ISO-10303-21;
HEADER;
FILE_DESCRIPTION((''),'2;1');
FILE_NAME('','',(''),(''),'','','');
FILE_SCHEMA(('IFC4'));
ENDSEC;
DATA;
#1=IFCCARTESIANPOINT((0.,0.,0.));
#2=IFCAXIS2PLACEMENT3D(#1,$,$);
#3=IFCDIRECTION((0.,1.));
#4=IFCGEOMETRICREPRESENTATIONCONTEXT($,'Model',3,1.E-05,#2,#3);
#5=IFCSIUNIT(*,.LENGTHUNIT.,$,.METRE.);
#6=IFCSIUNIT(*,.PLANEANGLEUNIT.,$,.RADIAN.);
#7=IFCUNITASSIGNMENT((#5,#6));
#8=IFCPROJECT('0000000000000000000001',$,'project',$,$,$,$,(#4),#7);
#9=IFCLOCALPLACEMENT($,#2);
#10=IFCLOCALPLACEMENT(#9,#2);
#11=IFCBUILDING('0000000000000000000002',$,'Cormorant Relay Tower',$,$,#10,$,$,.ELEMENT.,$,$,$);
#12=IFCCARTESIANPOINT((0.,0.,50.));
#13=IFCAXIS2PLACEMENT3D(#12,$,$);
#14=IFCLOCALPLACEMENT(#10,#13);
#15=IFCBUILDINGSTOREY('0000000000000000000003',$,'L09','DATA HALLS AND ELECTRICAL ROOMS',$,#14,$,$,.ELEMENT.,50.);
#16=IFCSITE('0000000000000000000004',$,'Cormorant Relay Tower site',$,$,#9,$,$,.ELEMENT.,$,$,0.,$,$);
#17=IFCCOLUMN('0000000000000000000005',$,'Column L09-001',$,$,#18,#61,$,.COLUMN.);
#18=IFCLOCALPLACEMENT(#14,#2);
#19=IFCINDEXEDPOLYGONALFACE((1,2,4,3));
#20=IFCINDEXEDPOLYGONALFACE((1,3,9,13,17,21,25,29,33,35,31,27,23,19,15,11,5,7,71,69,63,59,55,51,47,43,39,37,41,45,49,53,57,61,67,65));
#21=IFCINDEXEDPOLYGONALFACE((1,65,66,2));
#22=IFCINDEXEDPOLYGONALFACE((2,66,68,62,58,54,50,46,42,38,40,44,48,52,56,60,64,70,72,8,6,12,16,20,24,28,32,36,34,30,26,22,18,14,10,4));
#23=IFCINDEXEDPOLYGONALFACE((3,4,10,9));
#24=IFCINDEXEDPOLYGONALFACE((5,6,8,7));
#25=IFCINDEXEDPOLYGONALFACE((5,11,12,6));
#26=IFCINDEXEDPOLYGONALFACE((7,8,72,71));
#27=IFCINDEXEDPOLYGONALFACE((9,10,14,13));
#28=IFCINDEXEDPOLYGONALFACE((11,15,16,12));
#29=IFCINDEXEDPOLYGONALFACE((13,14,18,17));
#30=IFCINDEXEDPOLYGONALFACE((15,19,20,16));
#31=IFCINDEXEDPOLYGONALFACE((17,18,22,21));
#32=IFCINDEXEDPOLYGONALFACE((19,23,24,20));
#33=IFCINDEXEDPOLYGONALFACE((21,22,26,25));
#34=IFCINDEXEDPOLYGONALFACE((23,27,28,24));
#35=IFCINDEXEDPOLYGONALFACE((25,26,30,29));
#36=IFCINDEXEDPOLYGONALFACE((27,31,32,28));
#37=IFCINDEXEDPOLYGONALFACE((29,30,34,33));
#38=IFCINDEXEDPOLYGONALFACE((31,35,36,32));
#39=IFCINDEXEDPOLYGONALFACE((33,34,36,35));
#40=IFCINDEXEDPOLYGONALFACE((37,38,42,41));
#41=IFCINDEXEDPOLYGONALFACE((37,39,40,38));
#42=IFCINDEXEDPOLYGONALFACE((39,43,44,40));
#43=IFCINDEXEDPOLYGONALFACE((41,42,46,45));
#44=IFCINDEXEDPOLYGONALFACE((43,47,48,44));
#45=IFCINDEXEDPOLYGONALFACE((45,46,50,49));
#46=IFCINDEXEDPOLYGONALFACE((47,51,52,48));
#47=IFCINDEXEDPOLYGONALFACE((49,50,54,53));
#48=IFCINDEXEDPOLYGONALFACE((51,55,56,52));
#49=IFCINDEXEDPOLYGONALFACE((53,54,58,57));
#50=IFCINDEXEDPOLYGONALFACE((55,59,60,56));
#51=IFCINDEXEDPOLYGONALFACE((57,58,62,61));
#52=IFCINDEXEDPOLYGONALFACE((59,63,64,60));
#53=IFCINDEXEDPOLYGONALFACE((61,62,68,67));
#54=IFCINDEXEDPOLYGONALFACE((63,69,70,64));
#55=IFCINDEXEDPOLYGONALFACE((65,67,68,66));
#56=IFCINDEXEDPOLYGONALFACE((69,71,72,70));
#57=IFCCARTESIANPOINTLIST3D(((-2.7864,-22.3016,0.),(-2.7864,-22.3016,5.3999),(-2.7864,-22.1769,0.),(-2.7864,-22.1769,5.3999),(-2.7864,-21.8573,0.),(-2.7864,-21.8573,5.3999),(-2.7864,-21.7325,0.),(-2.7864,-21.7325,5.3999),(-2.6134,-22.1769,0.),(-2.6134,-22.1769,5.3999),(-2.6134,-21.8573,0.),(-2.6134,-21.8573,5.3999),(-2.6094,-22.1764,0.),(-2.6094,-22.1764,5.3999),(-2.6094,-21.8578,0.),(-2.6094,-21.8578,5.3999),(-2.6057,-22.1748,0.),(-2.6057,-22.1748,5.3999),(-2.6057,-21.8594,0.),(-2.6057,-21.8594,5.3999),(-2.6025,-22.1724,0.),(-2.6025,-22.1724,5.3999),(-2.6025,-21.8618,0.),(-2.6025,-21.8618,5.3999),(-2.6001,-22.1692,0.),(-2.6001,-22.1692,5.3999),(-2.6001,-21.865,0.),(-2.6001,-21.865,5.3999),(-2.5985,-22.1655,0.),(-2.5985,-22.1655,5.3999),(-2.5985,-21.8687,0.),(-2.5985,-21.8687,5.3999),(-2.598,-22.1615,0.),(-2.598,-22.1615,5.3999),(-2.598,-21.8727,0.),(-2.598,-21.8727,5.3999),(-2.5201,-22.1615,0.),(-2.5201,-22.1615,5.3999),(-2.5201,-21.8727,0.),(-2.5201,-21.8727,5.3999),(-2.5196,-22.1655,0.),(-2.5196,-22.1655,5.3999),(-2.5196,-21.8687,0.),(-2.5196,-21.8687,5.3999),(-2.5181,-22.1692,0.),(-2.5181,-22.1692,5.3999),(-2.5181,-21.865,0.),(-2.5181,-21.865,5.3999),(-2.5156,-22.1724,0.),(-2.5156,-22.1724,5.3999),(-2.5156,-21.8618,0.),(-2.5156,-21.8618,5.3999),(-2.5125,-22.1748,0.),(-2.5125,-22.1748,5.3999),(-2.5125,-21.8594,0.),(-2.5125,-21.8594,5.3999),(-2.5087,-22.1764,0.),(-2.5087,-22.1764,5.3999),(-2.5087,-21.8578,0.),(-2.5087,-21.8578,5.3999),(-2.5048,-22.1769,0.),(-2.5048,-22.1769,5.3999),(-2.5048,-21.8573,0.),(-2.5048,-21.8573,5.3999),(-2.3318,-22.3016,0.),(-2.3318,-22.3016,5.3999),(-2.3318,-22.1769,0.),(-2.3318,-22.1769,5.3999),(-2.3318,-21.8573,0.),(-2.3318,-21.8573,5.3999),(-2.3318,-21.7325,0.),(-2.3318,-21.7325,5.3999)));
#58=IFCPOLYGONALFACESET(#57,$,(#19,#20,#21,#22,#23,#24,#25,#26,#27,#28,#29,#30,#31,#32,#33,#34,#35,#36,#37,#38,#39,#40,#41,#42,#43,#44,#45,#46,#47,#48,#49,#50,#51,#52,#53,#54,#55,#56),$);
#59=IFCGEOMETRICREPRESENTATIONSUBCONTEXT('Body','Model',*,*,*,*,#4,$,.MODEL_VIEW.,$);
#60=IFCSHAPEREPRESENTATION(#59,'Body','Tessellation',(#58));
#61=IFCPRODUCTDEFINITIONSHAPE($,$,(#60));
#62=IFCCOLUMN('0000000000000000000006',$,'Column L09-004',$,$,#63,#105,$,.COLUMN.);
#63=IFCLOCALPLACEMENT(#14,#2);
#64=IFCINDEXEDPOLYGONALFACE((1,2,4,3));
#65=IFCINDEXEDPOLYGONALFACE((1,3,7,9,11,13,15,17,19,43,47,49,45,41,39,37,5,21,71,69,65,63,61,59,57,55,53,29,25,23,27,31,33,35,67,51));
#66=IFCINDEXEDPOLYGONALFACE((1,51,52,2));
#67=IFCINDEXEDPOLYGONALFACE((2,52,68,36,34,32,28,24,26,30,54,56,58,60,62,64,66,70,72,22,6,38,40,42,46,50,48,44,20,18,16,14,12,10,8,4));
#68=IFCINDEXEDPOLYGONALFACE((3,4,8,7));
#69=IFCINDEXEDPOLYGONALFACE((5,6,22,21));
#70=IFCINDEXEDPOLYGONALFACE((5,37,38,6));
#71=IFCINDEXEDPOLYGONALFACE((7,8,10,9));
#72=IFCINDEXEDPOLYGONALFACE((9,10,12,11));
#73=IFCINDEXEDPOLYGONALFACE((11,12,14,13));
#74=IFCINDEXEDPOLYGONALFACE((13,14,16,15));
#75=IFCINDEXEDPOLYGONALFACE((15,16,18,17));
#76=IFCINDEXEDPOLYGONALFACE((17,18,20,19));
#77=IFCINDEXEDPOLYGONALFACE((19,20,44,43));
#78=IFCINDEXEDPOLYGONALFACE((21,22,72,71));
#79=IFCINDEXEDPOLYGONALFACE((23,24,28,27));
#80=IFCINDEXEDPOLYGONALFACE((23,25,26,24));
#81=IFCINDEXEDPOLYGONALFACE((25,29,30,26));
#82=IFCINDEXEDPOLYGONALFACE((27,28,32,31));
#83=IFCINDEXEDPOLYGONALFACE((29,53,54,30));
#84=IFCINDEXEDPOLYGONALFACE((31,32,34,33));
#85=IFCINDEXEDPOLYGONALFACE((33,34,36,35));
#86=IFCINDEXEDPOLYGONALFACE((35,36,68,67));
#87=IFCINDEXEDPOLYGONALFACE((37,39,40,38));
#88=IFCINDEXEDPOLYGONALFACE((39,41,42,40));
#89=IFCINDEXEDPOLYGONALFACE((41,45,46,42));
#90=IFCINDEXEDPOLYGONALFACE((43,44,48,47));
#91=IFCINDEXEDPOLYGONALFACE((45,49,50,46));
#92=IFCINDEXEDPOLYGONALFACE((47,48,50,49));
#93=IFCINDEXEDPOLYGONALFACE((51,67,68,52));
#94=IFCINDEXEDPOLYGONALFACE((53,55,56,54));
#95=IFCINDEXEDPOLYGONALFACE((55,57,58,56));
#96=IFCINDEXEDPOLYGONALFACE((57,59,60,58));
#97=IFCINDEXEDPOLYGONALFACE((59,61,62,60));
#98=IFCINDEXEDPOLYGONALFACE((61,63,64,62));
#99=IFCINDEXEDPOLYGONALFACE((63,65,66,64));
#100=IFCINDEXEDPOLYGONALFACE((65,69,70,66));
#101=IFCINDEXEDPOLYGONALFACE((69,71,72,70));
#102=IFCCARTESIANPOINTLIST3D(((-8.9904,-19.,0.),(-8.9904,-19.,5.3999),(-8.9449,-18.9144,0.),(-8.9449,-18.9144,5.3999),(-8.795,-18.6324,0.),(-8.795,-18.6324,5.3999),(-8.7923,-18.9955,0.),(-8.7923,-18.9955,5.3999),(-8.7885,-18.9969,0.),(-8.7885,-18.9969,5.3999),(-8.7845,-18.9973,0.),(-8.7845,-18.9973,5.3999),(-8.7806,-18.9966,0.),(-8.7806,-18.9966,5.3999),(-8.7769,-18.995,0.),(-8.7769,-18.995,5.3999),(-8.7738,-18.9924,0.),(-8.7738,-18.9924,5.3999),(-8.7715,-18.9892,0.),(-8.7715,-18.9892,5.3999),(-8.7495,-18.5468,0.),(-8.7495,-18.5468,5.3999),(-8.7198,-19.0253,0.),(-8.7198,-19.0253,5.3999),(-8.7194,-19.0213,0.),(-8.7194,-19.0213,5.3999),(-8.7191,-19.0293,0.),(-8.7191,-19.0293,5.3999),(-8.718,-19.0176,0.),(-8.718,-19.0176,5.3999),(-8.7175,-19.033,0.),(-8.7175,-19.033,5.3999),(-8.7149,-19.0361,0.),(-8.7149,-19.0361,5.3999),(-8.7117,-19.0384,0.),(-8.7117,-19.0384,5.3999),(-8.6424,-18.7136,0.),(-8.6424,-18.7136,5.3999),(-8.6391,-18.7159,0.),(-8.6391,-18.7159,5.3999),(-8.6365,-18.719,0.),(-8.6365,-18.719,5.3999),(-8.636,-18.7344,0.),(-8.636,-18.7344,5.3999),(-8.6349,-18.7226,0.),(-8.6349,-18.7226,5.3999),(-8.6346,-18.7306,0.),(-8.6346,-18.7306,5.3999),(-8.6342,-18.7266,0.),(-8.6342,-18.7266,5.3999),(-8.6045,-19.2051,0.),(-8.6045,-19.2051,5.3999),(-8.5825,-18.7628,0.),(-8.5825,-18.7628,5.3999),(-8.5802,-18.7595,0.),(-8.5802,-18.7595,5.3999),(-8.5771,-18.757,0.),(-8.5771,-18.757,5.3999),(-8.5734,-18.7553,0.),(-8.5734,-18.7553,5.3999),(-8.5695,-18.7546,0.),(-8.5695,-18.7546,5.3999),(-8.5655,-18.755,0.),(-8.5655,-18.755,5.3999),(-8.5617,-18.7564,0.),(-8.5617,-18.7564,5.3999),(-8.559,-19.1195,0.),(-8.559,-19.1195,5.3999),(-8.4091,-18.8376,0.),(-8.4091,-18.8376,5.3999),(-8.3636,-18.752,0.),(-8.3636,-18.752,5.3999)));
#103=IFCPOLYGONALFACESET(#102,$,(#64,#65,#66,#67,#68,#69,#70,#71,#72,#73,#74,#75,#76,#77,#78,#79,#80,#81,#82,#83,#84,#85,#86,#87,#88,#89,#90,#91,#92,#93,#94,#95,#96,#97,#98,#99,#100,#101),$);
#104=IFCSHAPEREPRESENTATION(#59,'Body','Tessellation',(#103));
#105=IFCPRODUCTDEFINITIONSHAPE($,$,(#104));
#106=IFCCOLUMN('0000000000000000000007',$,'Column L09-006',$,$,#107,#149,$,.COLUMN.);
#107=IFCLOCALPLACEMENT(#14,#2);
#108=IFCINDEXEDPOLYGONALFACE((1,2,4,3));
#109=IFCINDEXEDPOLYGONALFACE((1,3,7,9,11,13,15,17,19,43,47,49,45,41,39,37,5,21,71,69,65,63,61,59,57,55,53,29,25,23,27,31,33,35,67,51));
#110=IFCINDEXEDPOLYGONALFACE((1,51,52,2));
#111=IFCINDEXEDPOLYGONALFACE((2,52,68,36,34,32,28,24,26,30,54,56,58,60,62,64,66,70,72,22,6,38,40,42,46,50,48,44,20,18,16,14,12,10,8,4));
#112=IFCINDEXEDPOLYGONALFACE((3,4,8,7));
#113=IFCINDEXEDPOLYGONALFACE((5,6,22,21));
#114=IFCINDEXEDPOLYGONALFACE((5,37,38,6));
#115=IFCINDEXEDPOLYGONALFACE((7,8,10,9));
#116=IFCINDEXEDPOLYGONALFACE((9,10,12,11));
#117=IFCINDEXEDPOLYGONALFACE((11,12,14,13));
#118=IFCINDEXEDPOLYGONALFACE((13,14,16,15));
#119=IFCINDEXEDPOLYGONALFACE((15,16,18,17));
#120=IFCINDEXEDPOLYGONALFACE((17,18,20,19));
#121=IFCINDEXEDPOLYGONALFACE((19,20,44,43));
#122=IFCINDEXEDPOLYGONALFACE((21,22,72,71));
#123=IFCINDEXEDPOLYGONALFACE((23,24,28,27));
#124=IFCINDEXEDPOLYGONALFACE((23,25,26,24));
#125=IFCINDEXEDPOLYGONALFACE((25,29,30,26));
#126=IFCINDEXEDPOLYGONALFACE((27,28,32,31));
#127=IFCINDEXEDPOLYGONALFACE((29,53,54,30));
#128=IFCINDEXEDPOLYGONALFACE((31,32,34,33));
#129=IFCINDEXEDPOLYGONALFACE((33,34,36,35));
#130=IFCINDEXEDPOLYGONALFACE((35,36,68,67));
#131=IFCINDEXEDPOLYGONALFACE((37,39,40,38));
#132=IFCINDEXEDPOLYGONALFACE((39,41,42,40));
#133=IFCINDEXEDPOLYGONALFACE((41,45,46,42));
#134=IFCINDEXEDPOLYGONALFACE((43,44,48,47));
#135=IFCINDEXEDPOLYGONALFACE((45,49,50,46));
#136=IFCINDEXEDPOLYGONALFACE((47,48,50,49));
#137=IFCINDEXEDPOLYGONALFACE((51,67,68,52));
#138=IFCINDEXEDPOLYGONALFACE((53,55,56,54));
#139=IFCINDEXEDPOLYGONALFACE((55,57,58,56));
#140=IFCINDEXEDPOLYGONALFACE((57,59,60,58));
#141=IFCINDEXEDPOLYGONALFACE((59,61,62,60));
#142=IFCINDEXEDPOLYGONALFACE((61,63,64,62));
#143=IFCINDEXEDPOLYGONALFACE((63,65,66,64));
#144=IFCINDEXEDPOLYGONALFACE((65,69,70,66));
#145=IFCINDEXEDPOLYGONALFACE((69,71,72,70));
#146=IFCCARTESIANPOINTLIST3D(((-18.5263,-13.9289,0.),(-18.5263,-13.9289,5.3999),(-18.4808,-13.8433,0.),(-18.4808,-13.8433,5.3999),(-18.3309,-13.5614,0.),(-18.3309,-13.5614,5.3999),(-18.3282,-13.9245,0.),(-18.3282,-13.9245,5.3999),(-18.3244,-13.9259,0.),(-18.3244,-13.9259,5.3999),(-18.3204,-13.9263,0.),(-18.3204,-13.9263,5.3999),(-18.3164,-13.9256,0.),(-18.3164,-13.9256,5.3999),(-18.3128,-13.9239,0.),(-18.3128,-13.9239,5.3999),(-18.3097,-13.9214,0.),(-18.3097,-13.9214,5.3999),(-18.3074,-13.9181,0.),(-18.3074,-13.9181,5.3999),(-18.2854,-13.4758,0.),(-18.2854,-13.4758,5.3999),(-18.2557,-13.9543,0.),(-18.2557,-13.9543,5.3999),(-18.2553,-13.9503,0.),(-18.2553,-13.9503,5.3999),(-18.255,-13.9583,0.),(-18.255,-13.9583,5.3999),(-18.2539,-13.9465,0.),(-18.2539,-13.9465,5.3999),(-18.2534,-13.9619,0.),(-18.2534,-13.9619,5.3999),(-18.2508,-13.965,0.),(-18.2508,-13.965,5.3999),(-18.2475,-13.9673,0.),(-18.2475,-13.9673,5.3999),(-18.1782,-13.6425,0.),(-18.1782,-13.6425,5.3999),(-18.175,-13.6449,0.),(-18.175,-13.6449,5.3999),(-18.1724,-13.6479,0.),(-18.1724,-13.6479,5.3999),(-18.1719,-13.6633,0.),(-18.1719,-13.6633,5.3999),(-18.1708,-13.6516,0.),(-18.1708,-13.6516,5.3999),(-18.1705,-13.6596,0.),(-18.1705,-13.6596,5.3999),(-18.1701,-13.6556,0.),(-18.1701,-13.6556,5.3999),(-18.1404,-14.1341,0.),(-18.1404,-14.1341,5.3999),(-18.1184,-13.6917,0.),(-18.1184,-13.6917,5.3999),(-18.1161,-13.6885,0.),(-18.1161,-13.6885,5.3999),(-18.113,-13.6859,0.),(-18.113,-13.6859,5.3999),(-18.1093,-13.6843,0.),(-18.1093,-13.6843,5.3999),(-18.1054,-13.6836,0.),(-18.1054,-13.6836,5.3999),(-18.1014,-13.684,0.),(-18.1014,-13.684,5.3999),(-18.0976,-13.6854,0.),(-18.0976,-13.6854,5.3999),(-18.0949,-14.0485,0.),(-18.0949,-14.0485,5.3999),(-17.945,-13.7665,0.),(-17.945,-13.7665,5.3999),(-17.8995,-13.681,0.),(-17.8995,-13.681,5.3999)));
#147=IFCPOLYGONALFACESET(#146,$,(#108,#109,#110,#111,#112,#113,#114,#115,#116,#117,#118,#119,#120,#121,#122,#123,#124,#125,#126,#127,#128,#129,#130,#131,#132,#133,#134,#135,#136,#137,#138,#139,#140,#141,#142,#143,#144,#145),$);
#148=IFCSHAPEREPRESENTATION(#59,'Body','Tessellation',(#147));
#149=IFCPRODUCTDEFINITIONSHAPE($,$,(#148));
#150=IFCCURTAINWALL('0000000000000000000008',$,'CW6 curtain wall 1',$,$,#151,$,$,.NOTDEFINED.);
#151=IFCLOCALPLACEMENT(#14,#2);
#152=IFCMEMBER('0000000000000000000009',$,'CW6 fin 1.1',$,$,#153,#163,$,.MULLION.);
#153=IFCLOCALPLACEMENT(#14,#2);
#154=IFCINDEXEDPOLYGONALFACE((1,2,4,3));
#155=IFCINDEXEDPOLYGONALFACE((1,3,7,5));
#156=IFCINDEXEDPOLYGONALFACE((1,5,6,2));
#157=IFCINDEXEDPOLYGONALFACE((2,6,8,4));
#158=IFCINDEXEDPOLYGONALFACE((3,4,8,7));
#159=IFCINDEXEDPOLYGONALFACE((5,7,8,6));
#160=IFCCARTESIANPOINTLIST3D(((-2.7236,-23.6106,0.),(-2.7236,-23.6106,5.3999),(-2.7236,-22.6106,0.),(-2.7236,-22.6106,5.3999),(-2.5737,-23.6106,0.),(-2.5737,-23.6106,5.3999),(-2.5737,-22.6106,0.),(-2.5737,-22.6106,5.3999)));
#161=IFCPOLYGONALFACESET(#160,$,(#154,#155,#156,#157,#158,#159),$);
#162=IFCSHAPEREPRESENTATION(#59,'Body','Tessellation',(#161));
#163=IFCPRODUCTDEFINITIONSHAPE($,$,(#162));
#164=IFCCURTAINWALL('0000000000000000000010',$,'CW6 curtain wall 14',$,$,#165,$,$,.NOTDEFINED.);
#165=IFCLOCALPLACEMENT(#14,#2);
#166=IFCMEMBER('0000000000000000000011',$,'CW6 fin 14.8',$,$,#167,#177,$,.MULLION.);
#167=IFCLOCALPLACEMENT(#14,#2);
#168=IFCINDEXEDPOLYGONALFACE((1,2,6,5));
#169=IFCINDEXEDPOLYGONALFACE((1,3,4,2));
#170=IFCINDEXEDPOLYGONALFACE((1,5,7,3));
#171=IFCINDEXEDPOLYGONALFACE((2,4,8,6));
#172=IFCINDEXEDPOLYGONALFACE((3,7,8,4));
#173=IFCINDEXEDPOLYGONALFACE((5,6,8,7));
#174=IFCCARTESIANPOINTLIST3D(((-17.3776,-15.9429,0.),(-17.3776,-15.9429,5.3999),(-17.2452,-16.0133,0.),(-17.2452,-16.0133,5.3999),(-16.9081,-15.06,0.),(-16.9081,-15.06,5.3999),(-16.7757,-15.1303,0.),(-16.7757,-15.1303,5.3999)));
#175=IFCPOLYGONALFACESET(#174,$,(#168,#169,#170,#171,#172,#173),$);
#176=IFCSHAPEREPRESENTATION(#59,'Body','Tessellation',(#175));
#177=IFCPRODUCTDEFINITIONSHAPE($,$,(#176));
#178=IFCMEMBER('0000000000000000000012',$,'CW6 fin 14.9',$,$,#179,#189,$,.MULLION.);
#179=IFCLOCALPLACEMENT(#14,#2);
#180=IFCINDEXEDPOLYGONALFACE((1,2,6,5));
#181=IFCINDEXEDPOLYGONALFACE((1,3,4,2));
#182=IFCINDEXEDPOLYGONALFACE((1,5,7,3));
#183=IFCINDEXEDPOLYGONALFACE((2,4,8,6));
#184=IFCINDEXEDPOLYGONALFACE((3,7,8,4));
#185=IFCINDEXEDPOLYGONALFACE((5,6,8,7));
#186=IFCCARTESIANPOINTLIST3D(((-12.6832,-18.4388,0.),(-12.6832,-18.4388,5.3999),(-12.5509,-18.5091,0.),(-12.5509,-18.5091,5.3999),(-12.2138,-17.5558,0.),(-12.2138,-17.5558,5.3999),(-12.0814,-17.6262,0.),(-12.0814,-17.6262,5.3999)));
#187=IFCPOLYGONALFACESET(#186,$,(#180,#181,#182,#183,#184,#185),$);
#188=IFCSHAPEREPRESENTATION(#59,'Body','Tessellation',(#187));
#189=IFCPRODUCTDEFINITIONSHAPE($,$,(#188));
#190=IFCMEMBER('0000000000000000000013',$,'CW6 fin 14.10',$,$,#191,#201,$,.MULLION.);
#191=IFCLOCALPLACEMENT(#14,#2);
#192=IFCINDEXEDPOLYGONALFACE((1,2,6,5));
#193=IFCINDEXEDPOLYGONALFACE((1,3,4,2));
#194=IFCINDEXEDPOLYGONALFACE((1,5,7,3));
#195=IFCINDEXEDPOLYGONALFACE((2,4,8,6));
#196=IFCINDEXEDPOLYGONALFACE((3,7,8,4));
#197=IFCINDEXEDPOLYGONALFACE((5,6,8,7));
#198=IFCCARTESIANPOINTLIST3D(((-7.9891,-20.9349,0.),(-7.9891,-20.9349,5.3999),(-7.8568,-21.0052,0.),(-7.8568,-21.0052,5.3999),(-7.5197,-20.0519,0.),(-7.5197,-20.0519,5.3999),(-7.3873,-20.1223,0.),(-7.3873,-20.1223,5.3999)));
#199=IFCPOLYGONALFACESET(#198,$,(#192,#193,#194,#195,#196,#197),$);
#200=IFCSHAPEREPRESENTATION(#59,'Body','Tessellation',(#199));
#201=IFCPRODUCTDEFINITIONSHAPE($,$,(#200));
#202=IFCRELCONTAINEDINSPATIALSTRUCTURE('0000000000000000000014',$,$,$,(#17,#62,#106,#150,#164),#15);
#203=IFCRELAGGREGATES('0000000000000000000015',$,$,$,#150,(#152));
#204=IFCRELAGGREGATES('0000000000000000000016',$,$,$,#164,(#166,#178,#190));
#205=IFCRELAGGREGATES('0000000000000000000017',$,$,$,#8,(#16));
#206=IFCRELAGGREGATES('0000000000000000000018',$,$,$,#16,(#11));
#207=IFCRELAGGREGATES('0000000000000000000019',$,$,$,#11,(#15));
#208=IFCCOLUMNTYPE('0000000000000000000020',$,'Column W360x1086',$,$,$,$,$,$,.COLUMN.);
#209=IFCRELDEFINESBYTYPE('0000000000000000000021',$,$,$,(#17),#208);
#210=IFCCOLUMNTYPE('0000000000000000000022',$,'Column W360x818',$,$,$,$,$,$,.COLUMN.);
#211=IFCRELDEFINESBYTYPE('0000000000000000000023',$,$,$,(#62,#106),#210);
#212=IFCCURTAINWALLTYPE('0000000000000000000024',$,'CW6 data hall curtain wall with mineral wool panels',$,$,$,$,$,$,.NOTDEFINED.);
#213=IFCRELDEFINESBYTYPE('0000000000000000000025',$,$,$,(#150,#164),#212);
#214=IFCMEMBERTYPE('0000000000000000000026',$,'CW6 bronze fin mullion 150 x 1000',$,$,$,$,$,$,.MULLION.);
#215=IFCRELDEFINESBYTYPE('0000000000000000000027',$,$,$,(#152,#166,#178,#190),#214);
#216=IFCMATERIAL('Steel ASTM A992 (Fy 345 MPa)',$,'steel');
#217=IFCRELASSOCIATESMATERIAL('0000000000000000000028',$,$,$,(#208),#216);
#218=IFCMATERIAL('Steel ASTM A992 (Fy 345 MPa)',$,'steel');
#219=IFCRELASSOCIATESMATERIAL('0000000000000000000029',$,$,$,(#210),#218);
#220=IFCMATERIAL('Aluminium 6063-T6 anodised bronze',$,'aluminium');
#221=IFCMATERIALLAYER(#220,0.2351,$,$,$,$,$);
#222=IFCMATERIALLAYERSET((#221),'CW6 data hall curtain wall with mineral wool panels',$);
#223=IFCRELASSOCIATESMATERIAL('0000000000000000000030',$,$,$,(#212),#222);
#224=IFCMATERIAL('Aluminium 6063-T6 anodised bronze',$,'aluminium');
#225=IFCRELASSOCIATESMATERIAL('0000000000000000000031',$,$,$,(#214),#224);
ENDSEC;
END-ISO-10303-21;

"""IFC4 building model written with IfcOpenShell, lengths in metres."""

from ifc_helpers import new_model, si_unit, direction, frame, origin, origin_2d, place, context, subcontext, project, spatial, rectangle, i_section, extrude, material, layer, layer_set, material_profile, profile_set, type_object, element, aggregate, save


model = new_model("IFC4")

# Units and contexts
model_context = context("Model", 3, precision=1e-05, world=origin(), true_north=direction((0.0, 1.0)))
body_context = subcontext(model_context, "Body", "Model", "MODEL_VIEW")
ifc_project = project(units=[si_unit("LENGTHUNIT", "METRE"), si_unit("PLANEANGLEUNIT", "RADIAN")], contexts=[model_context])

# Site, building, storey
site_placement = place(None, origin())
site = spatial("IfcSite", under=ifc_project, at=site_placement, Name="Cormorant Relay Tower site", CompositionType="ELEMENT", RefElevation=0.0)
building_placement = place(site_placement, origin())
building = spatial("IfcBuilding", under=site, at=building_placement, Name="Cormorant Relay Tower", CompositionType="ELEMENT")
storey_placement = place(building_placement, frame((0.0, 0.0, 50.0)))
storey = spatial("IfcBuildingStorey", under=building, at=storey_placement, Name="L09", Description="DATA HALLS AND ELECTRICAL ROOMS", CompositionType="ELEMENT", Elevation=50.0)

# Columns
ifc_material_1 = material(Name="Steel ASTM A992 (Fy 345 MPa)", Category="steel")
ifc_material_profile_1 = material_profile(ifc_material_1, i_section(OverallWidth=0.4546, OverallDepth=0.5691, WebThickness=0.0779, FlangeThickness=0.1248, FilletRadius=0.0154, at=origin_2d()), Name="W360x1086")
ifc_profile_set_1 = profile_set([ifc_material_profile_1], Name="Steel ASTM A992 (Fy 345 MPa)")
column_type_1 = type_object("IfcColumnType", Name="Column W360x1086", PredefinedType="COLUMN", material=ifc_profile_set_1)
column_placement = place(storey_placement, frame((-2.5591, -22.0171, 0.0), z_axis=(0.0, 0.0, 1.0), x_axis=(1.0, 0.0, 0.0)))
element("IfcColumn", 1, at=column_placement, inside=storey, type_object=column_type_1, Name="Column L09-001", PredefinedType="COLUMN", context=body_context, shape_type="SweptSolid", body=[
    extrude(i_section(OverallWidth=0.4546, OverallDepth=0.5691, WebThickness=0.0779, FlangeThickness=0.1248, FilletRadius=0.0154, at=origin_2d()), origin(), (0.0, 0.0, 1.0), 5.3999),
])
ifc_material_2 = material(Name="Steel ASTM A992 (Fy 345 MPa)", Category="steel")
ifc_material_profile_2 = material_profile(ifc_material_2, i_section(OverallWidth=0.437, OverallDepth=0.5132, WebThickness=0.0605, FlangeThickness=0.0969, FilletRadius=0.0154, at=origin_2d()), Name="W360x818")
ifc_profile_set_2 = profile_set([ifc_material_profile_2], Name="Steel ASTM A992 (Fy 345 MPa)")
column_type_2 = type_object("IfcColumnType", Name="Column W360x818", PredefinedType="COLUMN", material=ifc_profile_set_2)
for number, where, z_axis, x_axis, name in (
    (2, (-8.677, -18.876, 0.0), (0.0, 0.0, 1.0), (0.882948, -0.469472, 0.0), "Column L09-004"),
    (3, (-18.2129, -13.8049, 0.0), (0.0, 0.0, 1.0), (0.882948, -0.469472, 0.0), "Column L09-006"),
):
    element("IfcColumn", number, at=place(storey_placement, frame(where, z_axis=z_axis, x_axis=x_axis)), inside=storey, type_object=column_type_2, Name=name, PredefinedType="COLUMN", context=body_context, shape_type="SweptSolid", body=[
        extrude(i_section(OverallWidth=0.437, OverallDepth=0.5132, WebThickness=0.0605, FlangeThickness=0.0969, FilletRadius=0.0154, at=origin_2d()), origin(), (0.0, 0.0, 1.0), 5.3999),
    ])

# Curtain wall, member
ifc_material_3 = material(Name="Aluminium 6063-T6 anodised bronze", Category="aluminium")
ifc_layer_1 = layer(ifc_material_3, 0.2351)
ifc_layer_set_1 = layer_set([ifc_layer_1], Name="CW6 data hall curtain wall with mineral wool panels")
curtain_wall_type = type_object("IfcCurtainWallType", Name="CW6 data hall curtain wall with mineral wool panels", PredefinedType="NOTDEFINED", material=ifc_layer_set_1)
curtain_wall_1_placement = place(storey_placement, origin())
curtain_wall_1 = element("IfcCurtainWall", 4, at=curtain_wall_1_placement, inside=storey, type_object=curtain_wall_type, Name="CW6 curtain wall 1", PredefinedType="NOTDEFINED")
ifc_material_4 = material(Name="Aluminium 6063-T6 anodised bronze", Category="aluminium")
ifc_material_profile_3 = material_profile(ifc_material_4, rectangle(XDim=0.1499, YDim=1.0, at=origin_2d()), Name="AL 150x1000")
ifc_profile_set_3 = profile_set([ifc_material_profile_3], Name="Aluminium 6063-T6 anodised bronze")
member_type_1 = type_object("IfcMemberType", Name="CW6 bronze fin mullion 150 x 1000", PredefinedType="MULLION", material=ifc_profile_set_3)
member_1_placement = place(storey_placement, frame((-2.6487, -23.1106, 0.0), z_axis=(0.0, 0.0, 1.0), x_axis=(1.0, 0.0, 0.0)))
member_1 = element("IfcMember", 5, at=member_1_placement, type_object=member_type_1, Name="CW6 fin 1.1", PredefinedType="MULLION", context=body_context, shape_type="SweptSolid", body=[
    extrude(rectangle(XDim=0.1499, YDim=1.0, at=origin_2d()), origin(), (0.0, 0.0, 1.0), 5.3999),
])

# Curtain wall, members
curtain_wall_2_placement = place(storey_placement, origin())
curtain_wall_2 = element("IfcCurtainWall", 6, at=curtain_wall_2_placement, inside=storey, type_object=curtain_wall_type, Name="CW6 curtain wall 14", PredefinedType="NOTDEFINED")
member_2_placement = place(storey_placement, frame((-17.0767, -15.5366, 0.0), z_axis=(0.0, 0.0, 1.0), x_axis=(0.882948, -0.469472, 0.0)))
member_2 = element("IfcMember", 7, at=member_2_placement, type_object=member_type_1, Name="CW6 fin 14.8", PredefinedType="MULLION", context=body_context, shape_type="SweptSolid", body=[
    extrude(rectangle(XDim=0.1499, YDim=1.0, at=origin_2d()), origin(), (0.0, 0.0, 1.0), 5.3999),
])
member_3_placement = place(storey_placement, frame((-12.3823, -18.0325, 0.0), z_axis=(0.0, 0.0, 1.0), x_axis=(0.882948, -0.469472, 0.0)))
member_3 = element("IfcMember", 8, at=member_3_placement, type_object=member_type_1, Name="CW6 fin 14.9", PredefinedType="MULLION", context=body_context, shape_type="SweptSolid", body=[
    extrude(rectangle(XDim=0.1499, YDim=1.0, at=origin_2d()), origin(), (0.0, 0.0, 1.0), 5.3999),
])
member_4_placement = place(storey_placement, frame((-7.6882, -20.5286, 0.0), z_axis=(0.0, 0.0, 1.0), x_axis=(0.882948, -0.469472, 0.0)))
member_4 = element("IfcMember", 9, at=member_4_placement, type_object=member_type_1, Name="CW6 fin 14.10", PredefinedType="MULLION", context=body_context, shape_type="SweptSolid", body=[
    extrude(rectangle(XDim=0.1499, YDim=1.0, at=origin_2d()), origin(), (0.0, 0.0, 1.0), 5.3999),
])

aggregate(curtain_wall_1, [member_1])
aggregate(curtain_wall_2, [member_2, member_3, member_4])

save(model, "model.ifc")
